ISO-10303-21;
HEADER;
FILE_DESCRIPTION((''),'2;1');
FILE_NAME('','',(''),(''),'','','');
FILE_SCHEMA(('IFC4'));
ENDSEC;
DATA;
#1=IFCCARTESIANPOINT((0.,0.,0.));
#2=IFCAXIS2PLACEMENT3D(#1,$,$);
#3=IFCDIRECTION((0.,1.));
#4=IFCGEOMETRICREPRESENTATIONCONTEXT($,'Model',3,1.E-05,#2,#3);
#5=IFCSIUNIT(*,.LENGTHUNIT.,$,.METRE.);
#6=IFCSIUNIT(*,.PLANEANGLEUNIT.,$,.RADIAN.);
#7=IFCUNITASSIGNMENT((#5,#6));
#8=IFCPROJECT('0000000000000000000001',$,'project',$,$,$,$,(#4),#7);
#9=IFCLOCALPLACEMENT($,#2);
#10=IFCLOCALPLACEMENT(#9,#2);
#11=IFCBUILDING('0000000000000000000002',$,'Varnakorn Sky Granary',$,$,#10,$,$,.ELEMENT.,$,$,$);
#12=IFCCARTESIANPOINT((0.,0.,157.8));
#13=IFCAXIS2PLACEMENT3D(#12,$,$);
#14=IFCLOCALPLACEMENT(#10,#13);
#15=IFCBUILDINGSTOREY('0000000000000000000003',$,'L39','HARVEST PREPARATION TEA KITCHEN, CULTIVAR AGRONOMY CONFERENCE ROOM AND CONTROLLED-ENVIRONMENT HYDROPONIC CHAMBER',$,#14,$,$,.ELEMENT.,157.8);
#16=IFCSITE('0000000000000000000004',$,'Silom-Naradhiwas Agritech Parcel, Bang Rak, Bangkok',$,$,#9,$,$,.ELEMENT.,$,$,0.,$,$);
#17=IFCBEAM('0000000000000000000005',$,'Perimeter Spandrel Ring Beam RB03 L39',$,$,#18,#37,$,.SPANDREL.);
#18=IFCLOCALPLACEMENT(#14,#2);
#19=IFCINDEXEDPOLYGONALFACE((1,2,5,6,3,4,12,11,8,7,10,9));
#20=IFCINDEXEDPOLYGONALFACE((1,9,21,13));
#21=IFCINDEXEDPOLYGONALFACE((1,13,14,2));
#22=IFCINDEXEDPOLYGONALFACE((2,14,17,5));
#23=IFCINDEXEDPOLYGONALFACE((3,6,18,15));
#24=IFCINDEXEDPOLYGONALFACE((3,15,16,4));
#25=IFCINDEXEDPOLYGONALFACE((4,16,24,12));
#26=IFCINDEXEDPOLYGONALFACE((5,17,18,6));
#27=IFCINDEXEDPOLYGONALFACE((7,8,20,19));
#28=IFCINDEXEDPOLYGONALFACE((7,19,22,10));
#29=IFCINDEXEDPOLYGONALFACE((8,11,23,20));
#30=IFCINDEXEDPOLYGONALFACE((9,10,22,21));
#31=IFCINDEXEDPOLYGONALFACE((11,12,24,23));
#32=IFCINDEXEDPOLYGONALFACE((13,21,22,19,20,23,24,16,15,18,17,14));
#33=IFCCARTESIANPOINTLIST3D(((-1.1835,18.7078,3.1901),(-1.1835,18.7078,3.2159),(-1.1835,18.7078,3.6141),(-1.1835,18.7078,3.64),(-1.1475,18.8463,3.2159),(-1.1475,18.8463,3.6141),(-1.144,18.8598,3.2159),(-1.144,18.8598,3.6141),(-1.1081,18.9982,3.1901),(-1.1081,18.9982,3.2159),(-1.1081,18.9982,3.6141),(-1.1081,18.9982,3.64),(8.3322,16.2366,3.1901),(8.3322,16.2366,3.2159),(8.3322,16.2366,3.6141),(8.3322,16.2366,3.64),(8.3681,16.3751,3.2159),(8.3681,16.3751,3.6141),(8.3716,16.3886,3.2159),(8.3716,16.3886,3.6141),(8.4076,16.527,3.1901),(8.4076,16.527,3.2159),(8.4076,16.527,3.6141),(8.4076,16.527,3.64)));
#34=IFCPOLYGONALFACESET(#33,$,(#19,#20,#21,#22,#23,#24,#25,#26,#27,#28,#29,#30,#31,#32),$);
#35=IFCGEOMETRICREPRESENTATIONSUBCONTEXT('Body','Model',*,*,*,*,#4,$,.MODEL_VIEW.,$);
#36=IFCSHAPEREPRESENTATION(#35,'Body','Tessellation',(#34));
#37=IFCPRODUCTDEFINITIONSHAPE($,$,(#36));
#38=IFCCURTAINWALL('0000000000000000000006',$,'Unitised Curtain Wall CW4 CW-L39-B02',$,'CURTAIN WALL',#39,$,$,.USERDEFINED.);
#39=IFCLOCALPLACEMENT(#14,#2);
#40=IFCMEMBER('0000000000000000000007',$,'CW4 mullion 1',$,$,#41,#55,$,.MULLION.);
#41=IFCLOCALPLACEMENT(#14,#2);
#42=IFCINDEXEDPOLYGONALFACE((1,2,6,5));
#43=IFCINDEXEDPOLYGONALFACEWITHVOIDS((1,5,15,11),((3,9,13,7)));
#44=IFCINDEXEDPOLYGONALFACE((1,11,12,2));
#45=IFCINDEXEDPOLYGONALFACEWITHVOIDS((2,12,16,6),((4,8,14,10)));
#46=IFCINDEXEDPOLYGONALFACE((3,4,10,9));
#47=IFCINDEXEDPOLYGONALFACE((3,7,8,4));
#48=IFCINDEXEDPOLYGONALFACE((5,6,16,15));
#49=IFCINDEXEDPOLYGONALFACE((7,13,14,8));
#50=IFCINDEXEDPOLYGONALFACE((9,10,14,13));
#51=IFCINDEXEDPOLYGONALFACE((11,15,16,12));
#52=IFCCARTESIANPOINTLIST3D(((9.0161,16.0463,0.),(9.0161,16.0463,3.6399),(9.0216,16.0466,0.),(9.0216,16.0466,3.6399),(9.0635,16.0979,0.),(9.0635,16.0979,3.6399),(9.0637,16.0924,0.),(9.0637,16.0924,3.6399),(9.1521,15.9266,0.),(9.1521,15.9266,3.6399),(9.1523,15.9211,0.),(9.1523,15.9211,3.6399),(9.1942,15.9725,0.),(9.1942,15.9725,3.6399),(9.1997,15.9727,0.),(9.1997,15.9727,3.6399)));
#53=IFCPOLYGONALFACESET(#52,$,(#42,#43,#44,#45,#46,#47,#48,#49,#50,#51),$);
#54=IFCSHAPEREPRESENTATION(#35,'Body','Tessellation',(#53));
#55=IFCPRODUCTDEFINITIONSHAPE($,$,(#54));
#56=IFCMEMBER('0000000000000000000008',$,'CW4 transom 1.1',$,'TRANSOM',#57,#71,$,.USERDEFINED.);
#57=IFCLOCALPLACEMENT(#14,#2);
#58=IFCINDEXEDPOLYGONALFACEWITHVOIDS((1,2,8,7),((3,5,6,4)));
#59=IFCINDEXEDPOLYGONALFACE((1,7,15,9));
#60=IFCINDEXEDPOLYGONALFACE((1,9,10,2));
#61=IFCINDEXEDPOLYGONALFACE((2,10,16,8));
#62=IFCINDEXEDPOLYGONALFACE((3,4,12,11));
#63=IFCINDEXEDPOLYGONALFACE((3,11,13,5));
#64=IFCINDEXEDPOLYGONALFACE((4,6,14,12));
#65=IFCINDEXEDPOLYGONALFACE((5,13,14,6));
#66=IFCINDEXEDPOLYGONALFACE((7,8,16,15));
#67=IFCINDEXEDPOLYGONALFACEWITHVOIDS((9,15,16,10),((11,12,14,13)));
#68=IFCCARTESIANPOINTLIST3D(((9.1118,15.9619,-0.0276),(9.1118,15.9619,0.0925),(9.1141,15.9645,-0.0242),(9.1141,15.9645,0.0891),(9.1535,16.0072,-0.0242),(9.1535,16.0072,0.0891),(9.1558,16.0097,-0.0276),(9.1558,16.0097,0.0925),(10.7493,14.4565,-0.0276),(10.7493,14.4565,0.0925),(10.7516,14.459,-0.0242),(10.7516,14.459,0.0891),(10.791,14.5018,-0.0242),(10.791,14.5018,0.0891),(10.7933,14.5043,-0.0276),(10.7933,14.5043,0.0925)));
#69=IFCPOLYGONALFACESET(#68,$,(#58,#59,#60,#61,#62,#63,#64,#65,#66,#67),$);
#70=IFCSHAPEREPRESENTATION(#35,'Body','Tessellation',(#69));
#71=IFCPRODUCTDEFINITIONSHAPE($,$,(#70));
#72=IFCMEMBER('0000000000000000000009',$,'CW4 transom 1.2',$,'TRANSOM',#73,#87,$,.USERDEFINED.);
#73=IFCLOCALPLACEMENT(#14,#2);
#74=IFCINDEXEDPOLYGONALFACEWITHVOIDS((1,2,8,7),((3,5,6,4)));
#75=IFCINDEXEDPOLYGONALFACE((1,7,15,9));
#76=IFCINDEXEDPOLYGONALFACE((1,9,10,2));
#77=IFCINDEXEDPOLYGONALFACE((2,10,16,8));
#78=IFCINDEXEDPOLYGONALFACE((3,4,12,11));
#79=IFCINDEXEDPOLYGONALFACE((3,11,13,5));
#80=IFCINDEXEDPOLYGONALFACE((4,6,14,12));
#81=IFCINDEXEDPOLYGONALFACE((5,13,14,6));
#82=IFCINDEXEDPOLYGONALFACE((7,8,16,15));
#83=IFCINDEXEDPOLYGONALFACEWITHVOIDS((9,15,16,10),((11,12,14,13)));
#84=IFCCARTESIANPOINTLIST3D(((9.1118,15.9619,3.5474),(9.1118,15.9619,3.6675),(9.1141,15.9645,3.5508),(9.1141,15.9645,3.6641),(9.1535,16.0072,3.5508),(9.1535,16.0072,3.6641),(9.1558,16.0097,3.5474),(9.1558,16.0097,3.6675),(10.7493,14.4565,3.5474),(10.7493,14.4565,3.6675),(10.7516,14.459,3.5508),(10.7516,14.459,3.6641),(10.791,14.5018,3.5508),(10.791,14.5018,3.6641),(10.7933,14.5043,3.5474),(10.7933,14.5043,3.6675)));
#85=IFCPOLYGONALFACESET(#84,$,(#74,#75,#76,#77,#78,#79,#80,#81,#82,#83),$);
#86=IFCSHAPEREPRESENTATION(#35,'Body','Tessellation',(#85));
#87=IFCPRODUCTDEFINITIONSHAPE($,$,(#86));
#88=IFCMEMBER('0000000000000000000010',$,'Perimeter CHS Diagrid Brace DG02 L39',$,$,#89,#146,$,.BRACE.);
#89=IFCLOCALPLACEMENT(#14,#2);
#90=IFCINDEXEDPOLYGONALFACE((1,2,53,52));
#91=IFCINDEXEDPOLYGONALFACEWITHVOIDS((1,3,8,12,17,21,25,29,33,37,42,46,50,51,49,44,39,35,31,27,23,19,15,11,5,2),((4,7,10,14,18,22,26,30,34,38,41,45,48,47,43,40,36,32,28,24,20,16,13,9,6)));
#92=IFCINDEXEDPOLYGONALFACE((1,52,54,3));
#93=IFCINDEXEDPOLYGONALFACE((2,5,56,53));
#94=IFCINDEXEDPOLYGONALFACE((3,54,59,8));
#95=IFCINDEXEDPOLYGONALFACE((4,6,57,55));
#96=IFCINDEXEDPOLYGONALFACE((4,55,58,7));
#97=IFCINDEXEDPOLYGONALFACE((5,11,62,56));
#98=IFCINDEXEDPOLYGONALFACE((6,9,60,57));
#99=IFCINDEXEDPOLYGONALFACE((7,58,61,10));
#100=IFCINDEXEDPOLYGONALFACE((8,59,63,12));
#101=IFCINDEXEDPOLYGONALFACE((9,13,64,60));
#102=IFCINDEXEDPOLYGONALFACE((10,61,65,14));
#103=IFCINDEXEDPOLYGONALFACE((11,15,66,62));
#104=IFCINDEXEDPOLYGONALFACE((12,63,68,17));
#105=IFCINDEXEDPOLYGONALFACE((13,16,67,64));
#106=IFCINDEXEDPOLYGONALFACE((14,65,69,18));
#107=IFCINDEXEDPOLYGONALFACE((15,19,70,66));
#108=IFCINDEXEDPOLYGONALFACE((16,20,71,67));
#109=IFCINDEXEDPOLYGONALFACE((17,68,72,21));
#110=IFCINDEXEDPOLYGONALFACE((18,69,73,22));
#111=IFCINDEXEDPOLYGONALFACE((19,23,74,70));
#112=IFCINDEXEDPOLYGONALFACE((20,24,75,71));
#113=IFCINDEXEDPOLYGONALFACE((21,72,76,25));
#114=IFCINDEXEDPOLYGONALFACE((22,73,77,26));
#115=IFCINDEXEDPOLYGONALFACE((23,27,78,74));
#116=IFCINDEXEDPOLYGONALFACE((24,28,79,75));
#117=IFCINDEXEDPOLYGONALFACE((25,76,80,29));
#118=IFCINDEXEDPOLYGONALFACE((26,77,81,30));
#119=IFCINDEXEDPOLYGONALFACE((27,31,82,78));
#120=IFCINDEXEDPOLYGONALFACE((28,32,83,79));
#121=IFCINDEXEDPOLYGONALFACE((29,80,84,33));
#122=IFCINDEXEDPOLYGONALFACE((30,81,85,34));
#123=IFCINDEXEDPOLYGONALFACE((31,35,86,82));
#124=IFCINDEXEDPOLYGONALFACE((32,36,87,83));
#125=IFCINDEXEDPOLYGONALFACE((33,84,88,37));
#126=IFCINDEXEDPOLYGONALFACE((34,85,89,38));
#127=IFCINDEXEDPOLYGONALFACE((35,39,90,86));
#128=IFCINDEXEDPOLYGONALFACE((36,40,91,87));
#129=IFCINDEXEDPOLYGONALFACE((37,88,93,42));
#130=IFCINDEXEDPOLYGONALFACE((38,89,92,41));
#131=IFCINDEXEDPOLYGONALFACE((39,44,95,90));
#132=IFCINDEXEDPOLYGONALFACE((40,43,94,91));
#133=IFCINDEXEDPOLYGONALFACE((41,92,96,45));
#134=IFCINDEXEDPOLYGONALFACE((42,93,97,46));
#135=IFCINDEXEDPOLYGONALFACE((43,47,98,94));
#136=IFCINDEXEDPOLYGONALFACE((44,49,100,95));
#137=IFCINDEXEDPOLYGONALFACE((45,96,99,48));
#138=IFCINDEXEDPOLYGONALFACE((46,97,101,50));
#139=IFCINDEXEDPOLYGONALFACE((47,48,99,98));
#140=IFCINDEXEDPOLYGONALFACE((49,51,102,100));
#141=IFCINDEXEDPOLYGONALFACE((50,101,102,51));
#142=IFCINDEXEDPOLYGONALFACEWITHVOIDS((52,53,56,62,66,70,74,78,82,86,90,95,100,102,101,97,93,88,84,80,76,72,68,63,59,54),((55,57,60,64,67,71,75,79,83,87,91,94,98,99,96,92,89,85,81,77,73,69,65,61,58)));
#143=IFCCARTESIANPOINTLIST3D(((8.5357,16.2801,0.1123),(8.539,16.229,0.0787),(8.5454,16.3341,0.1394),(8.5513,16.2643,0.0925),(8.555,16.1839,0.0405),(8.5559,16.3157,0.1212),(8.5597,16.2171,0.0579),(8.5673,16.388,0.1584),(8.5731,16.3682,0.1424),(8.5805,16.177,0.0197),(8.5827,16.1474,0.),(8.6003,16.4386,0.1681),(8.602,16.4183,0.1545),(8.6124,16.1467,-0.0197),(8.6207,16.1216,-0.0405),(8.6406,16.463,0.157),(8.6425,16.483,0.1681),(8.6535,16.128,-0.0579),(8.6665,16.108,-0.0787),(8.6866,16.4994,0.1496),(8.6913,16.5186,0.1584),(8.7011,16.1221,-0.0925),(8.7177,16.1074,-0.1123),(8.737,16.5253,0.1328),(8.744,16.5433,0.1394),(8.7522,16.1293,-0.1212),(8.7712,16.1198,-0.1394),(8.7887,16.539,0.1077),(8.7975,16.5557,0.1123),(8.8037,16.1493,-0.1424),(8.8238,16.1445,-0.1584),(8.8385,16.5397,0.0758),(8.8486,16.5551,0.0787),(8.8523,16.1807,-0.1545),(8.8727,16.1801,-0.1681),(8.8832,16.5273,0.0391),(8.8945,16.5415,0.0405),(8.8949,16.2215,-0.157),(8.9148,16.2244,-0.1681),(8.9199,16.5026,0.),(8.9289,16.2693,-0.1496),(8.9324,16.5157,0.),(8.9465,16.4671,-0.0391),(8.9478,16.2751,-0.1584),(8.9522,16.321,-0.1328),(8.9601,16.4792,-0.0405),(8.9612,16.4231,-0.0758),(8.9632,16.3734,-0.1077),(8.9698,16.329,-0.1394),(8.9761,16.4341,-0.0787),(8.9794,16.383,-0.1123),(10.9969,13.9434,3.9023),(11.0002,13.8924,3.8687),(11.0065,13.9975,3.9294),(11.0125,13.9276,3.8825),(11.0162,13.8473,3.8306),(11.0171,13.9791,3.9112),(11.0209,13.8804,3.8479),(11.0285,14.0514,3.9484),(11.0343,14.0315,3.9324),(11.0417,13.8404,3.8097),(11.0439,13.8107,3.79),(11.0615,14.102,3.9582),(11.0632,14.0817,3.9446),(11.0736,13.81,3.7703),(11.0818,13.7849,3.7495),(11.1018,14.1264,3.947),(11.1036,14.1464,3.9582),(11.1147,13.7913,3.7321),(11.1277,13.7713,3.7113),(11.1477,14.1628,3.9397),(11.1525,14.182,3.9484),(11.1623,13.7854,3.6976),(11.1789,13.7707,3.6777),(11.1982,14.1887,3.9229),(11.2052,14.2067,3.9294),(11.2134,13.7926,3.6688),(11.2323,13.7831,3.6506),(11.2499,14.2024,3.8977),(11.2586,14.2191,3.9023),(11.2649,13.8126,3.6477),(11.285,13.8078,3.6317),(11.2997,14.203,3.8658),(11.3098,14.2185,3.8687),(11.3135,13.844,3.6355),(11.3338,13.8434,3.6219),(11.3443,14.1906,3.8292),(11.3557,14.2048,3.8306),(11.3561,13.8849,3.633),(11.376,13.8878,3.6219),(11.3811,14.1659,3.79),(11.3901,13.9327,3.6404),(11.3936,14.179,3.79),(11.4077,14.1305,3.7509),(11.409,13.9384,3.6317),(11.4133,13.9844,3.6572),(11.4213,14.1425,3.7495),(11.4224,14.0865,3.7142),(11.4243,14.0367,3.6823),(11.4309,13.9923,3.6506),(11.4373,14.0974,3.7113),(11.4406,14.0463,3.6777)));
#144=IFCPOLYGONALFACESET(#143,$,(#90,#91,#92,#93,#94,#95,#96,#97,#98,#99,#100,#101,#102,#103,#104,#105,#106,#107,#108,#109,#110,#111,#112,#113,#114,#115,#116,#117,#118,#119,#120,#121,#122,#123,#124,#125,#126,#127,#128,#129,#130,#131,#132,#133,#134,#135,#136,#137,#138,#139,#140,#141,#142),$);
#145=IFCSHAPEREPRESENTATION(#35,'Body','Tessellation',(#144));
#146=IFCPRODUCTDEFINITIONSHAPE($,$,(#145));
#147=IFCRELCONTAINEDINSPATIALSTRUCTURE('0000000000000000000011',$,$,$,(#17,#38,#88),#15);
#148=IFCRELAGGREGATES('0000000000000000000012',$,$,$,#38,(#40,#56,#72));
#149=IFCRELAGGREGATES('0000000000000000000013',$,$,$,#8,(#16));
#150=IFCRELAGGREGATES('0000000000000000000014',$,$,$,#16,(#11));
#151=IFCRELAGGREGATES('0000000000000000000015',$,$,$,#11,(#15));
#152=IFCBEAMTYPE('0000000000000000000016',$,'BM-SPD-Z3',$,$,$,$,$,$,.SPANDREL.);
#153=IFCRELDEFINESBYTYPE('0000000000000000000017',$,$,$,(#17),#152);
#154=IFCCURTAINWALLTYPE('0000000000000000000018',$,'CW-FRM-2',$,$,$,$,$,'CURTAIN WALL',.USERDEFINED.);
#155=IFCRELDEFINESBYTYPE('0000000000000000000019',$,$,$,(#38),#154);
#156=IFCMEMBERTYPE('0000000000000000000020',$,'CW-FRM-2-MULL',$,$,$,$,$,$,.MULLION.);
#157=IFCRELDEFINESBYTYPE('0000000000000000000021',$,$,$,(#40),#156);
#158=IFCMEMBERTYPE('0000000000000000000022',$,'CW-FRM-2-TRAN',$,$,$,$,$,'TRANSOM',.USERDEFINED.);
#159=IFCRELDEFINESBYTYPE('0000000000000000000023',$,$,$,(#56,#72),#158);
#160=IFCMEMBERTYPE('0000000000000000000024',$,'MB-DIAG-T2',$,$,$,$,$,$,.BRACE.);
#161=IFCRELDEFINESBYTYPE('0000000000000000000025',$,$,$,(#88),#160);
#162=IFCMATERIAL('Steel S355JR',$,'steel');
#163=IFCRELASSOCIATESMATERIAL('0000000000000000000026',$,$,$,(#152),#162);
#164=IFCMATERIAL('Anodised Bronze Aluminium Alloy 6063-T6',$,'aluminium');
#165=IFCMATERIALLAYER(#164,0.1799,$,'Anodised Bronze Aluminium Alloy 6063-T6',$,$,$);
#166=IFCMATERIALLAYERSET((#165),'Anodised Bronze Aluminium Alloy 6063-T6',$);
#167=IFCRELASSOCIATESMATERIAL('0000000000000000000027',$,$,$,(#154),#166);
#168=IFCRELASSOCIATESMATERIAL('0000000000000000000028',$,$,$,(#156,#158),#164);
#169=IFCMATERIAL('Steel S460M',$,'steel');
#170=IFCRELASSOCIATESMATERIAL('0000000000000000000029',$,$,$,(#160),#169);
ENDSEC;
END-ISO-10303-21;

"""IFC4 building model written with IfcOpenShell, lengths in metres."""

from ifc_helpers import new_model, si_unit, direction, frame, origin, origin_2d, place, context, subcontext, project, spatial, hollow_rectangle, hollow_circle, i_section, extrude, material, layer, layer_set, material_profile, profile_set, type_object, element, aggregate, save


model = new_model("IFC4")

# Units and contexts
model_context = context("Model", 3, precision=1e-05, world=origin(), true_north=direction((0.0, 1.0)))
body_context = subcontext(model_context, "Body", "Model", "MODEL_VIEW")
ifc_project = project(units=[si_unit("LENGTHUNIT", "METRE"), si_unit("PLANEANGLEUNIT", "RADIAN")], contexts=[model_context])

# Site, building, storey
site_placement = place(None, origin())
site = spatial("IfcSite", under=ifc_project, at=site_placement, Name="Silom-Naradhiwas Agritech Parcel, Bang Rak, Bangkok", CompositionType="ELEMENT", RefElevation=0.0)
building_placement = place(site_placement, origin())
building = spatial("IfcBuilding", under=site, at=building_placement, Name="Varnakorn Sky Granary", CompositionType="ELEMENT")
storey_placement = place(building_placement, frame((0.0, 0.0, 157.8)))
storey = spatial("IfcBuildingStorey", under=building, at=storey_placement, Name="L39", Description="HARVEST PREPARATION TEA KITCHEN, CULTIVAR AGRONOMY CONFERENCE ROOM AND CONTROLLED-ENVIRONMENT HYDROPONIC CHAMBER", CompositionType="ELEMENT", Elevation=157.8)

# Shared definitions
ifc_material_1 = material(Name="Steel S460M", Category="steel")

# Beam
ifc_material_2 = material(Name="Steel S355JR", Category="steel")
ifc_material_profile_1 = material_profile(ifc_material_2, i_section(OverallWidth=0.3, OverallDepth=0.45, WebThickness=0.0139, FlangeThickness=0.0259, at=origin_2d()), Name="HE 450 B")
ifc_profile_set_1 = profile_set([ifc_material_profile_1], Name="Steel S355JR")
beam_type_1 = type_object("IfcBeamType", Name="BM-SPD-Z3", PredefinedType="SPANDREL", material=ifc_profile_set_1)
beam_1_placement = place(storey_placement, frame((8.3699, 16.3818, 3.415), z_axis=(-0.967894, 0.25136, 0.0), x_axis=(-0.25136, -0.967894, 0.0)))
element("IfcBeam", 1, at=beam_1_placement, inside=storey, type_object=beam_type_1, Name="Perimeter Spandrel Ring Beam RB03 L39", PredefinedType="SPANDREL", context=body_context, shape_type="SweptSolid", body=[
    extrude(i_section(OverallWidth=0.3, OverallDepth=0.45, WebThickness=0.0139, FlangeThickness=0.0259, at=origin_2d()), origin(), (0.0, 0.0, 1.0), 9.8313),
])

# Curtain wall, members
ifc_material_3 = material(Name="Anodised Bronze Aluminium Alloy 6063-T6", Category="aluminium")
ifc_layer_1 = layer(ifc_material_3, 0.1799, Name="Anodised Bronze Aluminium Alloy 6063-T6")
ifc_layer_set_1 = layer_set([ifc_layer_1], Name="Anodised Bronze Aluminium Alloy 6063-T6")
curtain_wall_type = type_object("IfcCurtainWallType", Name="CW-FRM-2", ElementType="CURTAIN WALL", PredefinedType="USERDEFINED", material=ifc_layer_set_1)
curtain_wall_placement = place(storey_placement, origin())
curtain_wall = element("IfcCurtainWall", 2, at=curtain_wall_placement, inside=storey, type_object=curtain_wall_type, Name="Unitised Curtain Wall CW4 CW-L39-B02", ObjectType="CURTAIN WALL", PredefinedType="USERDEFINED")
ifc_material_profile_2 = material_profile(ifc_material_3, hollow_rectangle(XDim=0.0701, YDim=0.1851, WallThickness=0.0039, at=origin_2d()), Name="ALU MULL 70x185")
ifc_profile_set_2 = profile_set([ifc_material_profile_2], Name="Anodised Bronze Aluminium Alloy 6063-T6")
member_type_1 = type_object("IfcMemberType", Name="CW-FRM-2-MULL", PredefinedType="MULLION", material=ifc_profile_set_2)
member_1_placement = place(storey_placement, frame((9.1079, 16.0095, 0.0), z_axis=(0.0, 0.0, 1.0), x_axis=(0.676758, 0.736205, 0.0)))
member_1 = element("IfcMember", 3, at=member_1_placement, type_object=member_type_1, Name="CW4 mullion 1", PredefinedType="MULLION", context=body_context, shape_type="SweptSolid", body=[
    extrude(hollow_rectangle(XDim=0.0701, YDim=0.1851, WallThickness=0.0039, at=origin_2d()), origin(), (0.0, 0.0, 1.0), 3.6399),
])
ifc_material_profile_3 = material_profile(ifc_material_3, hollow_rectangle(XDim=0.0649, YDim=0.1201, WallThickness=0.0034, at=origin_2d()), Name="ALU TRAN 65x120")
ifc_profile_set_3 = profile_set([ifc_material_profile_3], Name="Anodised Bronze Aluminium Alloy 6063-T6")
member_type_2 = type_object("IfcMemberType", Name="CW-FRM-2-TRAN", ElementType="TRANSOM", PredefinedType="USERDEFINED", material=ifc_profile_set_3)
member_2_placement = place(storey_placement, frame((9.1338, 15.9858, 0.0325), z_axis=(0.736174, -0.676793, 0.0), x_axis=(0.676793, 0.736174, 0.0)))
member_2 = element("IfcMember", 4, at=member_2_placement, type_object=member_type_2, Name="CW4 transom 1.1", ObjectType="TRANSOM", PredefinedType="USERDEFINED", context=body_context, shape_type="SweptSolid", body=[
    extrude(hollow_rectangle(XDim=0.0649, YDim=0.1201, WallThickness=0.0034, at=origin_2d()), origin(), (0.0, 0.0, 1.0), 2.2244),
])
member_3_placement = place(storey_placement, frame((9.1338, 15.9858, 3.6074), z_axis=(0.736174, -0.676793, 0.0), x_axis=(0.676793, 0.736174, 0.0)))
member_3 = element("IfcMember", 5, at=member_3_placement, type_object=member_type_2, Name="CW4 transom 1.2", ObjectType="TRANSOM", PredefinedType="USERDEFINED", context=body_context, shape_type="SweptSolid", body=[
    extrude(hollow_rectangle(XDim=0.0649, YDim=0.1201, WallThickness=0.0034, at=origin_2d()), origin(), (0.0, 0.0, 1.0), 2.2244),
])
aggregate(curtain_wall, [member_1, member_2, member_3])

# Member
ifc_material_profile_4 = material_profile(ifc_material_1, hollow_circle(Radius=0.2539, WallThickness=0.0181, at=origin_2d()), Name="CHS 508x18")
ifc_profile_set_4 = profile_set([ifc_material_profile_4], Name="Steel S460M")
member_type_3 = type_object("IfcMemberType", Name="MB-DIAG-T2", PredefinedType="BRACE", material=ifc_profile_set_4)
member_4_placement = place(storey_placement, frame((8.7576, 16.3315, 0.0), z_axis=(0.483778, -0.459304, 0.744983), x_axis=(0.688524, 0.725213, 0.0)))
element("IfcMember", 6, at=member_4_placement, inside=storey, type_object=member_type_3, Name="Perimeter CHS Diagrid Brace DG02 L39", PredefinedType="BRACE", context=body_context, shape_type="SweptSolid", body=[
    extrude(hollow_circle(Radius=0.2539, WallThickness=0.0181, at=origin_2d()), origin(), (0.0, 0.0, 1.0), 5.0874),
])

save(model, "model.ifc")
